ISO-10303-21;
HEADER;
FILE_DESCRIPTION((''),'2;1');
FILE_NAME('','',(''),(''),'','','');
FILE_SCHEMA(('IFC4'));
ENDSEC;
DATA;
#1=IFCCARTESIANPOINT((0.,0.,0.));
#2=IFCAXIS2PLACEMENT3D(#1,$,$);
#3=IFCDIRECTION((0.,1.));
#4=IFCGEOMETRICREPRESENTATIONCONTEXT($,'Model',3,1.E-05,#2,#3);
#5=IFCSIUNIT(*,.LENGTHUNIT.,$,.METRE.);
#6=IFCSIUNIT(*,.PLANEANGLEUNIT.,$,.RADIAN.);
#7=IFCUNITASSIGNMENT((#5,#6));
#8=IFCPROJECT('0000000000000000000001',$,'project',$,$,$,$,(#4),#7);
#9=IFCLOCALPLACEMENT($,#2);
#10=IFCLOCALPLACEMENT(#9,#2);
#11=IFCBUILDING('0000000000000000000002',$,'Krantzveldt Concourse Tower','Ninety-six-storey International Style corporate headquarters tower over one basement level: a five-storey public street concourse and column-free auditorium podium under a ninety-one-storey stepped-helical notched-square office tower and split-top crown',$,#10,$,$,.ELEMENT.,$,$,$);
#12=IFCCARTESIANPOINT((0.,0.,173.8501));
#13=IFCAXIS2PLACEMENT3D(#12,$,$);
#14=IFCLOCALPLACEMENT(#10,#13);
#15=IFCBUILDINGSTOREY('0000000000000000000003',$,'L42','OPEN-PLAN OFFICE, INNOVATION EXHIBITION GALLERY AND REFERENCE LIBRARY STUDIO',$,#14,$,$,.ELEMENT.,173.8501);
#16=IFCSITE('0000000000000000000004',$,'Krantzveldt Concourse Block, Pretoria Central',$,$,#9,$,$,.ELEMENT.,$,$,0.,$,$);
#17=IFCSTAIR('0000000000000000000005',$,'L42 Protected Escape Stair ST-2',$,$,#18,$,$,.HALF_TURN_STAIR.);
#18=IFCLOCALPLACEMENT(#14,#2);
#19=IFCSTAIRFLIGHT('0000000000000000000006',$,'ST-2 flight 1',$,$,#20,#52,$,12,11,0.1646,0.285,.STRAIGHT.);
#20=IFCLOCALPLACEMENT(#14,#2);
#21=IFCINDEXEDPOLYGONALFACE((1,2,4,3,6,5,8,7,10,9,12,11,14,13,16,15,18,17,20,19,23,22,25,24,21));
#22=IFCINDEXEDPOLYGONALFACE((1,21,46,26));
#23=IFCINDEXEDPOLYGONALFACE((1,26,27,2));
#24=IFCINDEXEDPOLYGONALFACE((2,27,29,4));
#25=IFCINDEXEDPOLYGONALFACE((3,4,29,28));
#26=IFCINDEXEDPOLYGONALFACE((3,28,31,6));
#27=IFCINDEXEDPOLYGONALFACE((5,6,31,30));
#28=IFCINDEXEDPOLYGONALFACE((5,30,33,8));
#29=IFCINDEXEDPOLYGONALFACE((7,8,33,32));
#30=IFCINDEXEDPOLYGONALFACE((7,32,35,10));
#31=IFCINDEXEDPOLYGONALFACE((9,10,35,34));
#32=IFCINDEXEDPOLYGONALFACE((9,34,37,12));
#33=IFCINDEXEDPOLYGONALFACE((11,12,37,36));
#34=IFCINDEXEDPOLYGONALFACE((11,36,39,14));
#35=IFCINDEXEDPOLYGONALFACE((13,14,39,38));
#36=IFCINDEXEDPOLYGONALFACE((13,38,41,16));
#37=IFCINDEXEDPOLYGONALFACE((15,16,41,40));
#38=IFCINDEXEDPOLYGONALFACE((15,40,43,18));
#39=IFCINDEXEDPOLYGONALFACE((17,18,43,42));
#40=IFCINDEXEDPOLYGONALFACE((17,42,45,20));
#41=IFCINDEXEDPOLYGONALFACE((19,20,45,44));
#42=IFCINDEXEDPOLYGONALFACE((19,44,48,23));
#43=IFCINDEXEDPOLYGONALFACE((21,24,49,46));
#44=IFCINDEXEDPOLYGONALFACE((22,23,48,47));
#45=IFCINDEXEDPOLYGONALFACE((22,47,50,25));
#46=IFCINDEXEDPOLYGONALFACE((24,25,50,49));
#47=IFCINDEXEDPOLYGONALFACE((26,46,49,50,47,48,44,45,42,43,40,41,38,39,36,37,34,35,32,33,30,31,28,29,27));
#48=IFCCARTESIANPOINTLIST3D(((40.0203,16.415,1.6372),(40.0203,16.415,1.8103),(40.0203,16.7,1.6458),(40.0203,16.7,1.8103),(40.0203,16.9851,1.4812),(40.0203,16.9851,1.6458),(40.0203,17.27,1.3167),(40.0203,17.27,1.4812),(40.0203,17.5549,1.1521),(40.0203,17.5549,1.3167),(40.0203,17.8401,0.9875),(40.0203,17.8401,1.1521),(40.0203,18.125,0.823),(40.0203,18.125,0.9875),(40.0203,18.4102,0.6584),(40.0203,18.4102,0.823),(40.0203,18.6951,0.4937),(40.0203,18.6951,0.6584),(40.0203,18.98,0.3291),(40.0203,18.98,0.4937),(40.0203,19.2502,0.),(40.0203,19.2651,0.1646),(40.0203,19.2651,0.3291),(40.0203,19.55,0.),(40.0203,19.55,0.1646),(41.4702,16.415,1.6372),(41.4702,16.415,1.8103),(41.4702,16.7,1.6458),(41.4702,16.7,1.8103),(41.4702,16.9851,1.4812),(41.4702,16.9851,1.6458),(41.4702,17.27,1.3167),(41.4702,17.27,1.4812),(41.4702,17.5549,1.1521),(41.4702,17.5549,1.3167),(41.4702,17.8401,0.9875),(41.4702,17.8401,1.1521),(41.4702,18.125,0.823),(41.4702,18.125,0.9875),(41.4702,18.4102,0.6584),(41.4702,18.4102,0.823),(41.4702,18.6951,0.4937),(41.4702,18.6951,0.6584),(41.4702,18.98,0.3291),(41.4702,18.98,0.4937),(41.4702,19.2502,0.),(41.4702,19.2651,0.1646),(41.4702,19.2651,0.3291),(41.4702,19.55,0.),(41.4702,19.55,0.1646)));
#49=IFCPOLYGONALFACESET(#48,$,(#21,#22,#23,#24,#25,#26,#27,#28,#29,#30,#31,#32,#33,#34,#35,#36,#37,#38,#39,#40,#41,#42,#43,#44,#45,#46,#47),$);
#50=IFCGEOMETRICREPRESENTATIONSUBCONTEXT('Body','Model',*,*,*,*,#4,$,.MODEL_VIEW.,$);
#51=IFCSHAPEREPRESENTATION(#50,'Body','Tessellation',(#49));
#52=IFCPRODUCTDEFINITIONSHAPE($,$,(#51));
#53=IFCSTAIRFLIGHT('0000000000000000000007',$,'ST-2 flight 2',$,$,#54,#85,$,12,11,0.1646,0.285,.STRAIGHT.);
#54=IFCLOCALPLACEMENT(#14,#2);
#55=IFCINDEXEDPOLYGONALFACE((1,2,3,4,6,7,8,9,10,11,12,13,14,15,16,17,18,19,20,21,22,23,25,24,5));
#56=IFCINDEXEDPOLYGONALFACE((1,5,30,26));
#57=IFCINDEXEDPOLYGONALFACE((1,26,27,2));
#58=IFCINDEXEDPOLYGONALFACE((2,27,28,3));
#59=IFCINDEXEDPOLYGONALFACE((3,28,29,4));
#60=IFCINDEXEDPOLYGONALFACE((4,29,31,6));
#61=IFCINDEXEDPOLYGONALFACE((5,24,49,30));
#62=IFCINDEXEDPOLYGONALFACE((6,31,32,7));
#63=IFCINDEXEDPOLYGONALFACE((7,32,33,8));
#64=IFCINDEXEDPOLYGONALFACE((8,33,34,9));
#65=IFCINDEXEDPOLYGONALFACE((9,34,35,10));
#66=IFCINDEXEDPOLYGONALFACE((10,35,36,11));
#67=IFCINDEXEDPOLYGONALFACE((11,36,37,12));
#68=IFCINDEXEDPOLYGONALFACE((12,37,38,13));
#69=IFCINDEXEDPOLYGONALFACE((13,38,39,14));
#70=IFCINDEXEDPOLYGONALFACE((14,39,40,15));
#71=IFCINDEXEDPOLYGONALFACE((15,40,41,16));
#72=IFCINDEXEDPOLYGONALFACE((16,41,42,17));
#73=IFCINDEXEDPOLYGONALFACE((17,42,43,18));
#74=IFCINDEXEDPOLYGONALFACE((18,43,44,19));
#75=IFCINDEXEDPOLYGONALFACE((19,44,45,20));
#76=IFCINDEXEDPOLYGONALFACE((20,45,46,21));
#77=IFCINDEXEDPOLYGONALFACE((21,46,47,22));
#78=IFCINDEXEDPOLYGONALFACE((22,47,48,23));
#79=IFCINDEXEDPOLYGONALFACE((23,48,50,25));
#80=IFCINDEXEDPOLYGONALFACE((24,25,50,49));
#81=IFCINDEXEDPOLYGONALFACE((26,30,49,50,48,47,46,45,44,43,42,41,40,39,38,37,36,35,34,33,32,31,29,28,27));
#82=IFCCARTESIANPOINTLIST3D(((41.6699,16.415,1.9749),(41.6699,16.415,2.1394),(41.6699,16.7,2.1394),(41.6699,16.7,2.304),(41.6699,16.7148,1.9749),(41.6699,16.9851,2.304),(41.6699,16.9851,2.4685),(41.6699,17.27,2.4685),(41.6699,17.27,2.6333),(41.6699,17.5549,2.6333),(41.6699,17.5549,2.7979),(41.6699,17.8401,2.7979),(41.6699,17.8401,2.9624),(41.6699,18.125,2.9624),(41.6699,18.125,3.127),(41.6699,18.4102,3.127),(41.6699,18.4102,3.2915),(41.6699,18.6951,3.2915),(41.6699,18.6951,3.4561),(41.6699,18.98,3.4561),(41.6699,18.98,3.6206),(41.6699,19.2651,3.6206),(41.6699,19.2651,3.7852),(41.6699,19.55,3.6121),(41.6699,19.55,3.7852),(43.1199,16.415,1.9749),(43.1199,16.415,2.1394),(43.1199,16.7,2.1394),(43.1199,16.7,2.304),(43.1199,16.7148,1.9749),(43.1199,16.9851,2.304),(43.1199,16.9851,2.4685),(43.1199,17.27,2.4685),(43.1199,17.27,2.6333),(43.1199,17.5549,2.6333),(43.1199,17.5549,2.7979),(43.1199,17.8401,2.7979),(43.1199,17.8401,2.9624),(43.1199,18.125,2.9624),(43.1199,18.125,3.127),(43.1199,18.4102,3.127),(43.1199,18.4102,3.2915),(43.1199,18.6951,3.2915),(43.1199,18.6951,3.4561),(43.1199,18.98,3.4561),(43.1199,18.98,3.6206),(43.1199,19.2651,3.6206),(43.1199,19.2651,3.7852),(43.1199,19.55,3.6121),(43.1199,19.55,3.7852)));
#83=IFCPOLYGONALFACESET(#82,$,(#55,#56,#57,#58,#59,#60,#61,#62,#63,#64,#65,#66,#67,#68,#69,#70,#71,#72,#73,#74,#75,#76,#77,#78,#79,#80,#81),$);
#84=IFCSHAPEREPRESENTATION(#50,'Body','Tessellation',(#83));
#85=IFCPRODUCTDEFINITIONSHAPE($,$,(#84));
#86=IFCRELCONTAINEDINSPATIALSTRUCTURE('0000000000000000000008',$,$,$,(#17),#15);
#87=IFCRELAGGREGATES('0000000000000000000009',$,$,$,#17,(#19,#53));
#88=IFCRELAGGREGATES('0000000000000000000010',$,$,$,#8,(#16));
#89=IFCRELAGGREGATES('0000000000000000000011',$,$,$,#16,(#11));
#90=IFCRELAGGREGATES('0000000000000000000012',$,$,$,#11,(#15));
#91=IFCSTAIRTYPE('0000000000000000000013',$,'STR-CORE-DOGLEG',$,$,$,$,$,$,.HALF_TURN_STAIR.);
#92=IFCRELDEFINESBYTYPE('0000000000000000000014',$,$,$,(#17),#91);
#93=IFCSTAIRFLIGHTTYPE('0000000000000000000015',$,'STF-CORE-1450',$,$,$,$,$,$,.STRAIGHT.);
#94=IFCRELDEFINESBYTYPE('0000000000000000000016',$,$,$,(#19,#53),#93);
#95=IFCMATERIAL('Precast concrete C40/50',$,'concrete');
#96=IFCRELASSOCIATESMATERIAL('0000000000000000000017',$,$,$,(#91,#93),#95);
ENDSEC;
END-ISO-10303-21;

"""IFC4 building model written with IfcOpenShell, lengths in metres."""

from ifc_helpers import new_model, si_unit, direction, frame, origin, place, context, subcontext, project, spatial, polyline, outline, extrude, material, type_object, element, aggregate, save


model = new_model("IFC4")

# Units and contexts
model_context = context("Model", 3, precision=1e-05, world=origin(), true_north=direction((0.0, 1.0)))
body_context = subcontext(model_context, "Body", "Model", "MODEL_VIEW")
ifc_project = project(units=[si_unit("LENGTHUNIT", "METRE"), si_unit("PLANEANGLEUNIT", "RADIAN")], contexts=[model_context])

# Site, building, storey
site_placement = place(None, origin())
site = spatial("IfcSite", under=ifc_project, at=site_placement, Name="Krantzveldt Concourse Block, Pretoria Central", CompositionType="ELEMENT", RefElevation=0.0)
building_placement = place(site_placement, origin())
building = spatial("IfcBuilding", under=site, at=building_placement, Name="Krantzveldt Concourse Tower", Description="Ninety-six-storey International Style corporate headquarters tower over one basement level: a five-storey public street concourse and column-free auditorium podium under a ninety-one-storey stepped-helical notched-square office tower and split-top crown", CompositionType="ELEMENT")
storey_placement = place(building_placement, frame((0.0, 0.0, 173.8501)))
storey = spatial("IfcBuildingStorey", under=building, at=storey_placement, Name="L42", Description="OPEN-PLAN OFFICE, INNOVATION EXHIBITION GALLERY AND REFERENCE LIBRARY STUDIO", CompositionType="ELEMENT", Elevation=173.8501)

# Stair, stair flights
ifc_material_1 = material(Name="Precast concrete C40/50", Category="concrete")
stair_type = type_object("IfcStairType", Name="STR-CORE-DOGLEG", PredefinedType="HALF_TURN_STAIR", material=ifc_material_1)
stair_placement = place(storey_placement, origin())
stair = element("IfcStair", 1, at=stair_placement, inside=storey, type_object=stair_type, Name="L42 Protected Escape Stair ST-2", PredefinedType="HALF_TURN_STAIR")
stair_flight_type = type_object("IfcStairFlightType", Name="STF-CORE-1450", PredefinedType="STRAIGHT", material=ifc_material_1)
stair_flight_1_placement = place(storey_placement, frame((40.7451, 19.55, 0.0), z_axis=(0.0, 0.0, 1.0), x_axis=(0.0, -1.0, 0.0)))
stair_flight_1 = element("IfcStairFlight", 2, at=stair_flight_1_placement, type_object=stair_flight_type, Name="ST-2 flight 1", NumberOfRisers=12, NumberOfTreads=11, PredefinedType="STRAIGHT", RiserHeight=0.1646, TreadLength=0.285, context=body_context, shape_type="SweptSolid", body=[
    extrude(outline(polyline([(0.0, 0.0), (0.0, 0.1646), (0.2849, 0.1646), (0.2849, 0.3291), (0.5701, 0.3291), (0.5701, 0.4937), (0.855, 0.4937), (0.855, 0.6584), (1.1399, 0.6584), (1.1399, 0.823), (1.425, 0.823), (1.425, 0.9875), (1.71, 0.9875), (1.71, 1.1521), (1.9951, 1.1521), (1.9951, 1.3167), (2.28, 1.3167), (2.28, 1.4812), (2.5649, 1.4812), (2.5649, 1.6458), (2.8501, 1.6458), (2.8501, 1.8103), (3.135, 1.8103), (3.135, 1.9751), (3.135, 1.6372), (0.2998, 0.0), (0.0, 0.0)])), frame((0.0, 0.7251, 0.0), z_axis=(0.0, -1.0, 0.0), x_axis=(1.0, 0.0, 0.0)), (0.0, 0.0, 1.0), 1.45),
])
stair_flight_2_placement = place(storey_placement, frame((42.395, 16.415, 1.9749), z_axis=(0.0, 0.0, 1.0), x_axis=(0.0, 1.0, 0.0)))
stair_flight_2 = element("IfcStairFlight", 3, at=stair_flight_2_placement, type_object=stair_flight_type, Name="ST-2 flight 2", NumberOfRisers=12, NumberOfTreads=11, PredefinedType="STRAIGHT", RiserHeight=0.1646, TreadLength=0.285, context=body_context, shape_type="SweptSolid", body=[
    extrude(outline(polyline([(0.0, 0.0), (0.0, 0.1646), (0.2849, 0.1646), (0.2849, 0.3291), (0.5701, 0.3291), (0.5701, 0.4937), (0.855, 0.4937), (0.855, 0.6584), (1.1399, 0.6584), (1.1399, 0.823), (1.425, 0.823), (1.425, 0.9875), (1.71, 0.9875), (1.71, 1.1521), (1.9951, 1.1521), (1.9951, 1.3167), (2.28, 1.3167), (2.28, 1.4812), (2.5649, 1.4812), (2.5649, 1.6458), (2.8501, 1.6458), (2.8501, 1.8103), (3.135, 1.8103), (3.135, 1.9751), (3.135, 1.6372), (0.2998, 0.0), (0.0, 0.0)])), frame((0.0, 0.7251, 0.0), z_axis=(0.0, -1.0, 0.0), x_axis=(1.0, 0.0, 0.0)), (0.0, 0.0, 1.0), 1.45),
])
aggregate(stair, [stair_flight_1, stair_flight_2])

save(model, "model.ifc")
